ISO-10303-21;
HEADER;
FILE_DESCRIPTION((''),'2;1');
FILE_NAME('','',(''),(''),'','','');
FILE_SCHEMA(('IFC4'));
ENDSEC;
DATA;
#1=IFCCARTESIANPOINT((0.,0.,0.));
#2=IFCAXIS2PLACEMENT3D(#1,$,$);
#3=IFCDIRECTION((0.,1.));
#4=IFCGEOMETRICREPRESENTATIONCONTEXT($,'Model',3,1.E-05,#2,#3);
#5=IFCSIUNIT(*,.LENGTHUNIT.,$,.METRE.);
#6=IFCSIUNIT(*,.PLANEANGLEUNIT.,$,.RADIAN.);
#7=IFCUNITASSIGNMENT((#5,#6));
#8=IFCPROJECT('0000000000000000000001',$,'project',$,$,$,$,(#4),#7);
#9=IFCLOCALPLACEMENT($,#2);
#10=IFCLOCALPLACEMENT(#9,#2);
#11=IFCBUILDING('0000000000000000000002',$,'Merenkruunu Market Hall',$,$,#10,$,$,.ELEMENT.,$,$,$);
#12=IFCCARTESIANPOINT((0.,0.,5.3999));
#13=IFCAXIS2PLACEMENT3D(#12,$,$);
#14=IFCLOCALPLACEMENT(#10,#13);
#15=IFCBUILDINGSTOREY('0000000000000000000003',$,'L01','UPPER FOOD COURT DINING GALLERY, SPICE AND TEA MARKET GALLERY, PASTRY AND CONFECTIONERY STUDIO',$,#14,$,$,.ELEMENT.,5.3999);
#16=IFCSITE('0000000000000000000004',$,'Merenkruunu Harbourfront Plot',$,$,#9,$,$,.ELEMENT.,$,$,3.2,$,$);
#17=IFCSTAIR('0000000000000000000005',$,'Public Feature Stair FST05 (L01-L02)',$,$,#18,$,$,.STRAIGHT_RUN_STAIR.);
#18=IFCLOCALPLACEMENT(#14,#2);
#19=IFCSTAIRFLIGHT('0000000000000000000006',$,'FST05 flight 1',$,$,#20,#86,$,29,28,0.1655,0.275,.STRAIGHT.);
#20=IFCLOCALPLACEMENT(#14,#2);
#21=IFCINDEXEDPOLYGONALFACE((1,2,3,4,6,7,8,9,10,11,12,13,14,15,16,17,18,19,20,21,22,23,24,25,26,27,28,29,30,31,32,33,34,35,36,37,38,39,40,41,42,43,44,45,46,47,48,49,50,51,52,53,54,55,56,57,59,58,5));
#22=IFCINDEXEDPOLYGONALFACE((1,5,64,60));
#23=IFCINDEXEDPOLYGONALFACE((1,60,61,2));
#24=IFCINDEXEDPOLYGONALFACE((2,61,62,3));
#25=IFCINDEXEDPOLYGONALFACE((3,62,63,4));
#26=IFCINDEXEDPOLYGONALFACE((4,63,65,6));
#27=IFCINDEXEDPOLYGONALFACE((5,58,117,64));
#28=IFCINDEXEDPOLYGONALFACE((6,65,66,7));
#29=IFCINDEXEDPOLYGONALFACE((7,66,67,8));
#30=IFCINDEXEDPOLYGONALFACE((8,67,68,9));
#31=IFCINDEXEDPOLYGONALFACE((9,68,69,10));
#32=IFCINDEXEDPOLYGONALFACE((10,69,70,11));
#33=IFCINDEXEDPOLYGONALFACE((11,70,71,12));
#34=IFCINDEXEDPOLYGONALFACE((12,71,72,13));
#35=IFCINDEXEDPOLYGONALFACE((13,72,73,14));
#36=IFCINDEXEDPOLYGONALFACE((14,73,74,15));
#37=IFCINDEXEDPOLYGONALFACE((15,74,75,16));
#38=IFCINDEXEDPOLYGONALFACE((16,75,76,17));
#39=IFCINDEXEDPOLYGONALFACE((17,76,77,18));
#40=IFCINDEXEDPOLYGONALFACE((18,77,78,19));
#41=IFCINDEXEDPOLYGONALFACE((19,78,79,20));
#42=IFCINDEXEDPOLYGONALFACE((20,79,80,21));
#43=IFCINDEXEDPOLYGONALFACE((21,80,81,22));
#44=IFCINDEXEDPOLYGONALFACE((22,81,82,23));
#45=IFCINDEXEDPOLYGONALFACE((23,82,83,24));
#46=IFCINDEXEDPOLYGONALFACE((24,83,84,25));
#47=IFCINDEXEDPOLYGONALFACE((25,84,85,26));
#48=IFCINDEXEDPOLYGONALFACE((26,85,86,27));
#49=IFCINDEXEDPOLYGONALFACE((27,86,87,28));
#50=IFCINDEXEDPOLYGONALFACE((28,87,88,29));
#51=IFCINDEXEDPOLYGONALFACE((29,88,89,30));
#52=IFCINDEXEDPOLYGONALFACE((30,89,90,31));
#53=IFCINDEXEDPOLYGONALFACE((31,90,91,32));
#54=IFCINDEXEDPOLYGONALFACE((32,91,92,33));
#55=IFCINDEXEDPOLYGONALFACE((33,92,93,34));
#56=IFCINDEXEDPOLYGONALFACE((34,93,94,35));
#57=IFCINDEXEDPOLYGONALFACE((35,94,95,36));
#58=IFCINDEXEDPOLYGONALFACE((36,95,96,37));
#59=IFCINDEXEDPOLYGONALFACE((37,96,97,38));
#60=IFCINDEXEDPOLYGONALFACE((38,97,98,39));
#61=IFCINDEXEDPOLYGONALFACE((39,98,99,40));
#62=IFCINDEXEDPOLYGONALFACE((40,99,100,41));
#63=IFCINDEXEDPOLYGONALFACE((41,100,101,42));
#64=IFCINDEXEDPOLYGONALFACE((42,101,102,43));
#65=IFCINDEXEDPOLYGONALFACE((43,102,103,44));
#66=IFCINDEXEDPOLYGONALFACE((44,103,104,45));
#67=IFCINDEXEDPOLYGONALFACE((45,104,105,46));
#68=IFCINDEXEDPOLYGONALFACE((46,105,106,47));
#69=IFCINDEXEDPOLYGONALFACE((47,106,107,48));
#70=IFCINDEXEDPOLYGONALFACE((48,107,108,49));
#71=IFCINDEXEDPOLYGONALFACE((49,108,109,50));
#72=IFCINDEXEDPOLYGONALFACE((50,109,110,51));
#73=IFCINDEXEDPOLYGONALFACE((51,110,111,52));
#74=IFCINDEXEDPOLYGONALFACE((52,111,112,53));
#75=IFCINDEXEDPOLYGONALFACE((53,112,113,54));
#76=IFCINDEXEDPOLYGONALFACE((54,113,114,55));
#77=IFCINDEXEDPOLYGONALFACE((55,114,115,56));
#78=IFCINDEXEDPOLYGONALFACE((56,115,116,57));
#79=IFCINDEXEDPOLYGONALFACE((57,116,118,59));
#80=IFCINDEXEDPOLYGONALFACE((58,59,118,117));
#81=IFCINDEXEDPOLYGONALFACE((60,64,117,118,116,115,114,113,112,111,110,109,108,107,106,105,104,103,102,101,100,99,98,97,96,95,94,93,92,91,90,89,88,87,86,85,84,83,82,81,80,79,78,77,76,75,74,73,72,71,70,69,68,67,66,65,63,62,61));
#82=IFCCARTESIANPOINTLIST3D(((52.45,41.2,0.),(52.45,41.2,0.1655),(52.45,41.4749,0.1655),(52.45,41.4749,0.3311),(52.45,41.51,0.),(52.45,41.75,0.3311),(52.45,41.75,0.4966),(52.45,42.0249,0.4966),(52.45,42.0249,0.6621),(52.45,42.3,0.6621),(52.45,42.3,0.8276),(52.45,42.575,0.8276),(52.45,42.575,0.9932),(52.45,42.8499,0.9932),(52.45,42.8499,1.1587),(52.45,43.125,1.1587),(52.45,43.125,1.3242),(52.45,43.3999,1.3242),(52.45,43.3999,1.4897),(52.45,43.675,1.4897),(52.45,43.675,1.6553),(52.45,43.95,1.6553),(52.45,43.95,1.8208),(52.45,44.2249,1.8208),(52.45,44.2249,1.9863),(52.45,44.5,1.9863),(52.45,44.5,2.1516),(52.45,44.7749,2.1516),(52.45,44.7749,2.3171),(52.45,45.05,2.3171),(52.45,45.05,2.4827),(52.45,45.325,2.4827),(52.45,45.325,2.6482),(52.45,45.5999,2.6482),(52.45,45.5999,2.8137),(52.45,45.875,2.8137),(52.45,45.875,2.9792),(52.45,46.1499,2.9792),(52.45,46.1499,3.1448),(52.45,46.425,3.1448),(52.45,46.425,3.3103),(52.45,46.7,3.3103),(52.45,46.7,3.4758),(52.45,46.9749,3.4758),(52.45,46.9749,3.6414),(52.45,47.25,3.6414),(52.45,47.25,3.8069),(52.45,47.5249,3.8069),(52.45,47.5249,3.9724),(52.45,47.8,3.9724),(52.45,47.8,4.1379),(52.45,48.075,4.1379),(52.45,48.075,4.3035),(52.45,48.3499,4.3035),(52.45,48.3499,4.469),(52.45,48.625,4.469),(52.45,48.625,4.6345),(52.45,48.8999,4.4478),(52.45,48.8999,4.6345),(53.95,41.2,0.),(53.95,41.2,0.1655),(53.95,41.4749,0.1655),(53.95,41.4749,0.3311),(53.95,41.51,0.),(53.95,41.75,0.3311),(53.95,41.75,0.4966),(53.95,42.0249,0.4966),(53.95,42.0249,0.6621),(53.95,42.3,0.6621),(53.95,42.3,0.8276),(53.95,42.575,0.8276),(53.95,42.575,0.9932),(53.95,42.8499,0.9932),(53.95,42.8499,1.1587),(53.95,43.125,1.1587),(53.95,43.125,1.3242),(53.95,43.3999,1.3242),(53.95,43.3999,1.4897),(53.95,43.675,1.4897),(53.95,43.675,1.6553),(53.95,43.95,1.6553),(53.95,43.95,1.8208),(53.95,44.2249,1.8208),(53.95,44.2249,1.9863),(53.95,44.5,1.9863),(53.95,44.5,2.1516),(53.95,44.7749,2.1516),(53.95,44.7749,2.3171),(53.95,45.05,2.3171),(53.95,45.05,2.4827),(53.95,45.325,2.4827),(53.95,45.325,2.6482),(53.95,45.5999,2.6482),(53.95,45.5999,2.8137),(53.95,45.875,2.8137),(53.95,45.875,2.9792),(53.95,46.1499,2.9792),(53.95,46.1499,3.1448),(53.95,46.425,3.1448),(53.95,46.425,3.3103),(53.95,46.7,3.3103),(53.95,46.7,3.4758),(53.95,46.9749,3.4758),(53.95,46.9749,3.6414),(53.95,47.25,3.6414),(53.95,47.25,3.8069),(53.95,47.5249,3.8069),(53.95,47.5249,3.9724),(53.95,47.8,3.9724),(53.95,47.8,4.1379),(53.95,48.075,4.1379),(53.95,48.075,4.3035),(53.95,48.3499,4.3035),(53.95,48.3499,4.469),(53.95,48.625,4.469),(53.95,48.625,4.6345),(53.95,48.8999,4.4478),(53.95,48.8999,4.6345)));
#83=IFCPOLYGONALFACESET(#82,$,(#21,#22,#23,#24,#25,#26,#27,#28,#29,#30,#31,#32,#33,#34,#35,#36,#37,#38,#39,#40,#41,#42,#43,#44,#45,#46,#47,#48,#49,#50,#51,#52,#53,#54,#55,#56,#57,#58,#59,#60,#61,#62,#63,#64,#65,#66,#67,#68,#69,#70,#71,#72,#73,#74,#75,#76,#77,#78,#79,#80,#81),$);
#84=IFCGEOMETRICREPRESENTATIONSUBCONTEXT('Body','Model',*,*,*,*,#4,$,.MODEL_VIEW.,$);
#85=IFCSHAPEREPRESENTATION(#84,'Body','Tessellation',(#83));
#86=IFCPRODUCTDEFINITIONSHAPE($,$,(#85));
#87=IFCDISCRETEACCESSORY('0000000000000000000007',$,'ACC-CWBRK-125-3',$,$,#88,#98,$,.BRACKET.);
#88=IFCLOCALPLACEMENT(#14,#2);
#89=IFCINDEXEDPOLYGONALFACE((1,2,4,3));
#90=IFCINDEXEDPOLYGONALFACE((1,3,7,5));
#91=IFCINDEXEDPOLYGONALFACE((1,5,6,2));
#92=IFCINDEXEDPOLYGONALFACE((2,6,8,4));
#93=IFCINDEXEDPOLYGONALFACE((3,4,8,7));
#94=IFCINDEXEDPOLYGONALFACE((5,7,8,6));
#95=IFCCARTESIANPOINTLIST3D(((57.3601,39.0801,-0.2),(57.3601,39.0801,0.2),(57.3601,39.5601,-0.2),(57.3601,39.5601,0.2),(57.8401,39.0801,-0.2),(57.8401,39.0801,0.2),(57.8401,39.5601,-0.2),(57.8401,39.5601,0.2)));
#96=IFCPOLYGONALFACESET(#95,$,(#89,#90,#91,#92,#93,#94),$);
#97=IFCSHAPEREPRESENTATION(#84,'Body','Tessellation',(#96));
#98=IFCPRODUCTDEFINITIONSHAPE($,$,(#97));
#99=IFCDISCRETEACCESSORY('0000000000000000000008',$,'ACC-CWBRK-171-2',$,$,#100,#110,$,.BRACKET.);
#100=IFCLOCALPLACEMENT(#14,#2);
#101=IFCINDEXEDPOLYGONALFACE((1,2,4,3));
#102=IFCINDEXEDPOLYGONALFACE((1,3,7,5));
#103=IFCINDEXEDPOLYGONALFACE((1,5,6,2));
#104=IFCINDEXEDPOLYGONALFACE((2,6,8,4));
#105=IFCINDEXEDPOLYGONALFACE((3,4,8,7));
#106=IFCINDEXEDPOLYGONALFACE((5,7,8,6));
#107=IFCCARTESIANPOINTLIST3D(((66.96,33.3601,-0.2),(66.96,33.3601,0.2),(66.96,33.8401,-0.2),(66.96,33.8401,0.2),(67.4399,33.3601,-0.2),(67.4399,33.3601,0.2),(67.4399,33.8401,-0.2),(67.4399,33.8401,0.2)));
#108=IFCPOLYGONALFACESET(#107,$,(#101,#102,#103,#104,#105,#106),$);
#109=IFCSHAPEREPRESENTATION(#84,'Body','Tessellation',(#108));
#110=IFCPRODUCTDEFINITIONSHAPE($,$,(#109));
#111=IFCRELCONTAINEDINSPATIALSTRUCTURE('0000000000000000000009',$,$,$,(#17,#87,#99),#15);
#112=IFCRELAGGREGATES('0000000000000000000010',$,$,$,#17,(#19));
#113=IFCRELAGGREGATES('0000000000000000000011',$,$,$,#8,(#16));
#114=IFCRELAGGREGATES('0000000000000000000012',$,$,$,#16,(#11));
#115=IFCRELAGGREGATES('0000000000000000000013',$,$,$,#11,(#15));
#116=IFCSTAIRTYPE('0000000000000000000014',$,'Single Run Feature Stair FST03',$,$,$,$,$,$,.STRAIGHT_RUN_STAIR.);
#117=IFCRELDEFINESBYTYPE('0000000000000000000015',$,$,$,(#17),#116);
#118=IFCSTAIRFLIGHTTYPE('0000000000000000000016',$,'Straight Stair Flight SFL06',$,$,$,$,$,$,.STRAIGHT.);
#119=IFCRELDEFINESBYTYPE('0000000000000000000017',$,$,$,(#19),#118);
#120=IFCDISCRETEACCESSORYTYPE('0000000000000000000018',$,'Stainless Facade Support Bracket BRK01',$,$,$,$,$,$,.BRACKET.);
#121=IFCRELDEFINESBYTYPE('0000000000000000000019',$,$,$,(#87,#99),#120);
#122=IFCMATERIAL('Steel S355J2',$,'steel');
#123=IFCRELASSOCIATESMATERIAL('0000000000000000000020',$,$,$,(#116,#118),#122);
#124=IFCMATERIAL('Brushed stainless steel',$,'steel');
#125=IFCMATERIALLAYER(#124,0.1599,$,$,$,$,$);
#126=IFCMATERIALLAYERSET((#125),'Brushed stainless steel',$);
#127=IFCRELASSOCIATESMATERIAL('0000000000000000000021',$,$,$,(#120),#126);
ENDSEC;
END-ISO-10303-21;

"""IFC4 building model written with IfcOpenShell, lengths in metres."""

from ifc_helpers import new_model, si_unit, direction, frame, origin, origin_2d, place, context, subcontext, project, spatial, polyline, rectangle, outline, extrude, material, layer, layer_set, type_object, element, aggregate, save


model = new_model("IFC4")

# Units and contexts
model_context = context("Model", 3, precision=1e-05, world=origin(), true_north=direction((0.0, 1.0)))
body_context = subcontext(model_context, "Body", "Model", "MODEL_VIEW")
ifc_project = project(units=[si_unit("LENGTHUNIT", "METRE"), si_unit("PLANEANGLEUNIT", "RADIAN")], contexts=[model_context])

# Site, building, storey
site_placement = place(None, origin())
site = spatial("IfcSite", under=ifc_project, at=site_placement, Name="Merenkruunu Harbourfront Plot", CompositionType="ELEMENT", RefElevation=3.2)
building_placement = place(site_placement, origin())
building = spatial("IfcBuilding", under=site, at=building_placement, Name="Merenkruunu Market Hall", CompositionType="ELEMENT")
storey_placement = place(building_placement, frame((0.0, 0.0, 5.3999)))
storey = spatial("IfcBuildingStorey", under=building, at=storey_placement, Name="L01", Description="UPPER FOOD COURT DINING GALLERY, SPICE AND TEA MARKET GALLERY, PASTRY AND CONFECTIONERY STUDIO", CompositionType="ELEMENT", Elevation=5.3999)

# Shared definitions
ifc_material_1 = material(Name="Steel S355J2", Category="steel")

# Stair, stair flight
stair_type = type_object("IfcStairType", Name="Single Run Feature Stair FST03", PredefinedType="STRAIGHT_RUN_STAIR", material=ifc_material_1)
stair_placement = place(storey_placement, origin())
stair = element("IfcStair", 1, at=stair_placement, inside=storey, type_object=stair_type, Name="Public Feature Stair FST05 (L01-L02)", PredefinedType="STRAIGHT_RUN_STAIR")
stair_flight_type = type_object("IfcStairFlightType", Name="Straight Stair Flight SFL06", PredefinedType="STRAIGHT", material=ifc_material_1)
stair_flight_placement = place(storey_placement, frame((53.2, 41.2, 0.0), z_axis=(0.0, 0.0, 1.0), x_axis=(0.0, 1.0, 0.0)))
stair_flight = element("IfcStairFlight", 2, at=stair_flight_placement, type_object=stair_flight_type, Name="FST05 flight 1", NumberOfRisers=29, NumberOfTreads=28, PredefinedType="STRAIGHT", RiserHeight=0.1655, TreadLength=0.275, context=body_context, shape_type="SweptSolid", body=[
    extrude(outline(polyline([(0.0, 0.0), (0.0, 0.1655), (0.2749, 0.1655), (0.2749, 0.3311), (0.55, 0.3311), (0.55, 0.4966), (0.825, 0.4966), (0.825, 0.6621), (1.1001, 0.6621), (1.1001, 0.8276), (1.375, 0.8276), (1.375, 0.9932), (1.6499, 0.9932), (1.6499, 1.1587), (1.925, 1.1587), (1.925, 1.3242), (2.2, 1.3242), (2.2, 1.4897), (2.4751, 1.4897), (2.4751, 1.6553), (2.75, 1.6553), (2.75, 1.8208), (3.0249, 1.8208), (3.0249, 1.9863), (3.3, 1.9863), (3.3, 2.1516), (3.575, 2.1516), (3.575, 2.3171), (3.8501, 2.3171), (3.8501, 2.4827), (4.125, 2.4827), (4.125, 2.6482), (4.3999, 2.6482), (4.3999, 2.8137), (4.675, 2.8137), (4.675, 2.9792), (4.95, 2.9792), (4.95, 3.1448), (5.2251, 3.1448), (5.2251, 3.3103), (5.5, 3.3103), (5.5, 3.4758), (5.7749, 3.4758), (5.7749, 3.6414), (6.05, 3.6414), (6.05, 3.8069), (6.325, 3.8069), (6.325, 3.9724), (6.6001, 3.9724), (6.6001, 4.1379), (6.875, 4.1379), (6.875, 4.3035), (7.1499, 4.3035), (7.1499, 4.469), (7.425, 4.469), (7.425, 4.6345), (7.7, 4.6345), (7.7, 4.8), (7.7, 4.4478), (0.3101, 0.0), (0.0, 0.0)])), frame((0.0, 0.75, 0.0), z_axis=(0.0, -1.0, 0.0), x_axis=(1.0, 0.0, 0.0)), (0.0, 0.0, 1.0), 1.5),
])
aggregate(stair, [stair_flight])

# Shared definitions
ifc_material_2 = material(Name="Brushed stainless steel", Category="steel")

# Discrete accessories
ifc_layer_1 = layer(ifc_material_2, 0.1599)
ifc_layer_set_1 = layer_set([ifc_layer_1], Name="Brushed stainless steel")
discrete_accessory_type = type_object("IfcDiscreteAccessoryType", Name="Stainless Facade Support Bracket BRK01", PredefinedType="BRACKET", material=ifc_layer_set_1)
for number, where, z_axis, x_axis, name in (
    (3, (57.6001, 39.3201, -0.2), (0.0, 0.0, 1.0), (1.0, 0.0, 0.0), "ACC-CWBRK-125-3"),
    (4, (67.2, 33.6001, -0.2), (0.0, 0.0, 1.0), (1.0, 0.0, 0.0), "ACC-CWBRK-171-2"),
):
    element("IfcDiscreteAccessory", number, at=place(storey_placement, frame(where, z_axis=z_axis, x_axis=x_axis)), inside=storey, type_object=discrete_accessory_type, Name=name, PredefinedType="BRACKET", context=body_context, shape_type="SweptSolid", body=[
        extrude(rectangle(XDim=0.48, YDim=0.48, at=origin_2d()), origin(), (0.0, 0.0, 1.0), 0.3999),
    ])

save(model, "model.ifc")
